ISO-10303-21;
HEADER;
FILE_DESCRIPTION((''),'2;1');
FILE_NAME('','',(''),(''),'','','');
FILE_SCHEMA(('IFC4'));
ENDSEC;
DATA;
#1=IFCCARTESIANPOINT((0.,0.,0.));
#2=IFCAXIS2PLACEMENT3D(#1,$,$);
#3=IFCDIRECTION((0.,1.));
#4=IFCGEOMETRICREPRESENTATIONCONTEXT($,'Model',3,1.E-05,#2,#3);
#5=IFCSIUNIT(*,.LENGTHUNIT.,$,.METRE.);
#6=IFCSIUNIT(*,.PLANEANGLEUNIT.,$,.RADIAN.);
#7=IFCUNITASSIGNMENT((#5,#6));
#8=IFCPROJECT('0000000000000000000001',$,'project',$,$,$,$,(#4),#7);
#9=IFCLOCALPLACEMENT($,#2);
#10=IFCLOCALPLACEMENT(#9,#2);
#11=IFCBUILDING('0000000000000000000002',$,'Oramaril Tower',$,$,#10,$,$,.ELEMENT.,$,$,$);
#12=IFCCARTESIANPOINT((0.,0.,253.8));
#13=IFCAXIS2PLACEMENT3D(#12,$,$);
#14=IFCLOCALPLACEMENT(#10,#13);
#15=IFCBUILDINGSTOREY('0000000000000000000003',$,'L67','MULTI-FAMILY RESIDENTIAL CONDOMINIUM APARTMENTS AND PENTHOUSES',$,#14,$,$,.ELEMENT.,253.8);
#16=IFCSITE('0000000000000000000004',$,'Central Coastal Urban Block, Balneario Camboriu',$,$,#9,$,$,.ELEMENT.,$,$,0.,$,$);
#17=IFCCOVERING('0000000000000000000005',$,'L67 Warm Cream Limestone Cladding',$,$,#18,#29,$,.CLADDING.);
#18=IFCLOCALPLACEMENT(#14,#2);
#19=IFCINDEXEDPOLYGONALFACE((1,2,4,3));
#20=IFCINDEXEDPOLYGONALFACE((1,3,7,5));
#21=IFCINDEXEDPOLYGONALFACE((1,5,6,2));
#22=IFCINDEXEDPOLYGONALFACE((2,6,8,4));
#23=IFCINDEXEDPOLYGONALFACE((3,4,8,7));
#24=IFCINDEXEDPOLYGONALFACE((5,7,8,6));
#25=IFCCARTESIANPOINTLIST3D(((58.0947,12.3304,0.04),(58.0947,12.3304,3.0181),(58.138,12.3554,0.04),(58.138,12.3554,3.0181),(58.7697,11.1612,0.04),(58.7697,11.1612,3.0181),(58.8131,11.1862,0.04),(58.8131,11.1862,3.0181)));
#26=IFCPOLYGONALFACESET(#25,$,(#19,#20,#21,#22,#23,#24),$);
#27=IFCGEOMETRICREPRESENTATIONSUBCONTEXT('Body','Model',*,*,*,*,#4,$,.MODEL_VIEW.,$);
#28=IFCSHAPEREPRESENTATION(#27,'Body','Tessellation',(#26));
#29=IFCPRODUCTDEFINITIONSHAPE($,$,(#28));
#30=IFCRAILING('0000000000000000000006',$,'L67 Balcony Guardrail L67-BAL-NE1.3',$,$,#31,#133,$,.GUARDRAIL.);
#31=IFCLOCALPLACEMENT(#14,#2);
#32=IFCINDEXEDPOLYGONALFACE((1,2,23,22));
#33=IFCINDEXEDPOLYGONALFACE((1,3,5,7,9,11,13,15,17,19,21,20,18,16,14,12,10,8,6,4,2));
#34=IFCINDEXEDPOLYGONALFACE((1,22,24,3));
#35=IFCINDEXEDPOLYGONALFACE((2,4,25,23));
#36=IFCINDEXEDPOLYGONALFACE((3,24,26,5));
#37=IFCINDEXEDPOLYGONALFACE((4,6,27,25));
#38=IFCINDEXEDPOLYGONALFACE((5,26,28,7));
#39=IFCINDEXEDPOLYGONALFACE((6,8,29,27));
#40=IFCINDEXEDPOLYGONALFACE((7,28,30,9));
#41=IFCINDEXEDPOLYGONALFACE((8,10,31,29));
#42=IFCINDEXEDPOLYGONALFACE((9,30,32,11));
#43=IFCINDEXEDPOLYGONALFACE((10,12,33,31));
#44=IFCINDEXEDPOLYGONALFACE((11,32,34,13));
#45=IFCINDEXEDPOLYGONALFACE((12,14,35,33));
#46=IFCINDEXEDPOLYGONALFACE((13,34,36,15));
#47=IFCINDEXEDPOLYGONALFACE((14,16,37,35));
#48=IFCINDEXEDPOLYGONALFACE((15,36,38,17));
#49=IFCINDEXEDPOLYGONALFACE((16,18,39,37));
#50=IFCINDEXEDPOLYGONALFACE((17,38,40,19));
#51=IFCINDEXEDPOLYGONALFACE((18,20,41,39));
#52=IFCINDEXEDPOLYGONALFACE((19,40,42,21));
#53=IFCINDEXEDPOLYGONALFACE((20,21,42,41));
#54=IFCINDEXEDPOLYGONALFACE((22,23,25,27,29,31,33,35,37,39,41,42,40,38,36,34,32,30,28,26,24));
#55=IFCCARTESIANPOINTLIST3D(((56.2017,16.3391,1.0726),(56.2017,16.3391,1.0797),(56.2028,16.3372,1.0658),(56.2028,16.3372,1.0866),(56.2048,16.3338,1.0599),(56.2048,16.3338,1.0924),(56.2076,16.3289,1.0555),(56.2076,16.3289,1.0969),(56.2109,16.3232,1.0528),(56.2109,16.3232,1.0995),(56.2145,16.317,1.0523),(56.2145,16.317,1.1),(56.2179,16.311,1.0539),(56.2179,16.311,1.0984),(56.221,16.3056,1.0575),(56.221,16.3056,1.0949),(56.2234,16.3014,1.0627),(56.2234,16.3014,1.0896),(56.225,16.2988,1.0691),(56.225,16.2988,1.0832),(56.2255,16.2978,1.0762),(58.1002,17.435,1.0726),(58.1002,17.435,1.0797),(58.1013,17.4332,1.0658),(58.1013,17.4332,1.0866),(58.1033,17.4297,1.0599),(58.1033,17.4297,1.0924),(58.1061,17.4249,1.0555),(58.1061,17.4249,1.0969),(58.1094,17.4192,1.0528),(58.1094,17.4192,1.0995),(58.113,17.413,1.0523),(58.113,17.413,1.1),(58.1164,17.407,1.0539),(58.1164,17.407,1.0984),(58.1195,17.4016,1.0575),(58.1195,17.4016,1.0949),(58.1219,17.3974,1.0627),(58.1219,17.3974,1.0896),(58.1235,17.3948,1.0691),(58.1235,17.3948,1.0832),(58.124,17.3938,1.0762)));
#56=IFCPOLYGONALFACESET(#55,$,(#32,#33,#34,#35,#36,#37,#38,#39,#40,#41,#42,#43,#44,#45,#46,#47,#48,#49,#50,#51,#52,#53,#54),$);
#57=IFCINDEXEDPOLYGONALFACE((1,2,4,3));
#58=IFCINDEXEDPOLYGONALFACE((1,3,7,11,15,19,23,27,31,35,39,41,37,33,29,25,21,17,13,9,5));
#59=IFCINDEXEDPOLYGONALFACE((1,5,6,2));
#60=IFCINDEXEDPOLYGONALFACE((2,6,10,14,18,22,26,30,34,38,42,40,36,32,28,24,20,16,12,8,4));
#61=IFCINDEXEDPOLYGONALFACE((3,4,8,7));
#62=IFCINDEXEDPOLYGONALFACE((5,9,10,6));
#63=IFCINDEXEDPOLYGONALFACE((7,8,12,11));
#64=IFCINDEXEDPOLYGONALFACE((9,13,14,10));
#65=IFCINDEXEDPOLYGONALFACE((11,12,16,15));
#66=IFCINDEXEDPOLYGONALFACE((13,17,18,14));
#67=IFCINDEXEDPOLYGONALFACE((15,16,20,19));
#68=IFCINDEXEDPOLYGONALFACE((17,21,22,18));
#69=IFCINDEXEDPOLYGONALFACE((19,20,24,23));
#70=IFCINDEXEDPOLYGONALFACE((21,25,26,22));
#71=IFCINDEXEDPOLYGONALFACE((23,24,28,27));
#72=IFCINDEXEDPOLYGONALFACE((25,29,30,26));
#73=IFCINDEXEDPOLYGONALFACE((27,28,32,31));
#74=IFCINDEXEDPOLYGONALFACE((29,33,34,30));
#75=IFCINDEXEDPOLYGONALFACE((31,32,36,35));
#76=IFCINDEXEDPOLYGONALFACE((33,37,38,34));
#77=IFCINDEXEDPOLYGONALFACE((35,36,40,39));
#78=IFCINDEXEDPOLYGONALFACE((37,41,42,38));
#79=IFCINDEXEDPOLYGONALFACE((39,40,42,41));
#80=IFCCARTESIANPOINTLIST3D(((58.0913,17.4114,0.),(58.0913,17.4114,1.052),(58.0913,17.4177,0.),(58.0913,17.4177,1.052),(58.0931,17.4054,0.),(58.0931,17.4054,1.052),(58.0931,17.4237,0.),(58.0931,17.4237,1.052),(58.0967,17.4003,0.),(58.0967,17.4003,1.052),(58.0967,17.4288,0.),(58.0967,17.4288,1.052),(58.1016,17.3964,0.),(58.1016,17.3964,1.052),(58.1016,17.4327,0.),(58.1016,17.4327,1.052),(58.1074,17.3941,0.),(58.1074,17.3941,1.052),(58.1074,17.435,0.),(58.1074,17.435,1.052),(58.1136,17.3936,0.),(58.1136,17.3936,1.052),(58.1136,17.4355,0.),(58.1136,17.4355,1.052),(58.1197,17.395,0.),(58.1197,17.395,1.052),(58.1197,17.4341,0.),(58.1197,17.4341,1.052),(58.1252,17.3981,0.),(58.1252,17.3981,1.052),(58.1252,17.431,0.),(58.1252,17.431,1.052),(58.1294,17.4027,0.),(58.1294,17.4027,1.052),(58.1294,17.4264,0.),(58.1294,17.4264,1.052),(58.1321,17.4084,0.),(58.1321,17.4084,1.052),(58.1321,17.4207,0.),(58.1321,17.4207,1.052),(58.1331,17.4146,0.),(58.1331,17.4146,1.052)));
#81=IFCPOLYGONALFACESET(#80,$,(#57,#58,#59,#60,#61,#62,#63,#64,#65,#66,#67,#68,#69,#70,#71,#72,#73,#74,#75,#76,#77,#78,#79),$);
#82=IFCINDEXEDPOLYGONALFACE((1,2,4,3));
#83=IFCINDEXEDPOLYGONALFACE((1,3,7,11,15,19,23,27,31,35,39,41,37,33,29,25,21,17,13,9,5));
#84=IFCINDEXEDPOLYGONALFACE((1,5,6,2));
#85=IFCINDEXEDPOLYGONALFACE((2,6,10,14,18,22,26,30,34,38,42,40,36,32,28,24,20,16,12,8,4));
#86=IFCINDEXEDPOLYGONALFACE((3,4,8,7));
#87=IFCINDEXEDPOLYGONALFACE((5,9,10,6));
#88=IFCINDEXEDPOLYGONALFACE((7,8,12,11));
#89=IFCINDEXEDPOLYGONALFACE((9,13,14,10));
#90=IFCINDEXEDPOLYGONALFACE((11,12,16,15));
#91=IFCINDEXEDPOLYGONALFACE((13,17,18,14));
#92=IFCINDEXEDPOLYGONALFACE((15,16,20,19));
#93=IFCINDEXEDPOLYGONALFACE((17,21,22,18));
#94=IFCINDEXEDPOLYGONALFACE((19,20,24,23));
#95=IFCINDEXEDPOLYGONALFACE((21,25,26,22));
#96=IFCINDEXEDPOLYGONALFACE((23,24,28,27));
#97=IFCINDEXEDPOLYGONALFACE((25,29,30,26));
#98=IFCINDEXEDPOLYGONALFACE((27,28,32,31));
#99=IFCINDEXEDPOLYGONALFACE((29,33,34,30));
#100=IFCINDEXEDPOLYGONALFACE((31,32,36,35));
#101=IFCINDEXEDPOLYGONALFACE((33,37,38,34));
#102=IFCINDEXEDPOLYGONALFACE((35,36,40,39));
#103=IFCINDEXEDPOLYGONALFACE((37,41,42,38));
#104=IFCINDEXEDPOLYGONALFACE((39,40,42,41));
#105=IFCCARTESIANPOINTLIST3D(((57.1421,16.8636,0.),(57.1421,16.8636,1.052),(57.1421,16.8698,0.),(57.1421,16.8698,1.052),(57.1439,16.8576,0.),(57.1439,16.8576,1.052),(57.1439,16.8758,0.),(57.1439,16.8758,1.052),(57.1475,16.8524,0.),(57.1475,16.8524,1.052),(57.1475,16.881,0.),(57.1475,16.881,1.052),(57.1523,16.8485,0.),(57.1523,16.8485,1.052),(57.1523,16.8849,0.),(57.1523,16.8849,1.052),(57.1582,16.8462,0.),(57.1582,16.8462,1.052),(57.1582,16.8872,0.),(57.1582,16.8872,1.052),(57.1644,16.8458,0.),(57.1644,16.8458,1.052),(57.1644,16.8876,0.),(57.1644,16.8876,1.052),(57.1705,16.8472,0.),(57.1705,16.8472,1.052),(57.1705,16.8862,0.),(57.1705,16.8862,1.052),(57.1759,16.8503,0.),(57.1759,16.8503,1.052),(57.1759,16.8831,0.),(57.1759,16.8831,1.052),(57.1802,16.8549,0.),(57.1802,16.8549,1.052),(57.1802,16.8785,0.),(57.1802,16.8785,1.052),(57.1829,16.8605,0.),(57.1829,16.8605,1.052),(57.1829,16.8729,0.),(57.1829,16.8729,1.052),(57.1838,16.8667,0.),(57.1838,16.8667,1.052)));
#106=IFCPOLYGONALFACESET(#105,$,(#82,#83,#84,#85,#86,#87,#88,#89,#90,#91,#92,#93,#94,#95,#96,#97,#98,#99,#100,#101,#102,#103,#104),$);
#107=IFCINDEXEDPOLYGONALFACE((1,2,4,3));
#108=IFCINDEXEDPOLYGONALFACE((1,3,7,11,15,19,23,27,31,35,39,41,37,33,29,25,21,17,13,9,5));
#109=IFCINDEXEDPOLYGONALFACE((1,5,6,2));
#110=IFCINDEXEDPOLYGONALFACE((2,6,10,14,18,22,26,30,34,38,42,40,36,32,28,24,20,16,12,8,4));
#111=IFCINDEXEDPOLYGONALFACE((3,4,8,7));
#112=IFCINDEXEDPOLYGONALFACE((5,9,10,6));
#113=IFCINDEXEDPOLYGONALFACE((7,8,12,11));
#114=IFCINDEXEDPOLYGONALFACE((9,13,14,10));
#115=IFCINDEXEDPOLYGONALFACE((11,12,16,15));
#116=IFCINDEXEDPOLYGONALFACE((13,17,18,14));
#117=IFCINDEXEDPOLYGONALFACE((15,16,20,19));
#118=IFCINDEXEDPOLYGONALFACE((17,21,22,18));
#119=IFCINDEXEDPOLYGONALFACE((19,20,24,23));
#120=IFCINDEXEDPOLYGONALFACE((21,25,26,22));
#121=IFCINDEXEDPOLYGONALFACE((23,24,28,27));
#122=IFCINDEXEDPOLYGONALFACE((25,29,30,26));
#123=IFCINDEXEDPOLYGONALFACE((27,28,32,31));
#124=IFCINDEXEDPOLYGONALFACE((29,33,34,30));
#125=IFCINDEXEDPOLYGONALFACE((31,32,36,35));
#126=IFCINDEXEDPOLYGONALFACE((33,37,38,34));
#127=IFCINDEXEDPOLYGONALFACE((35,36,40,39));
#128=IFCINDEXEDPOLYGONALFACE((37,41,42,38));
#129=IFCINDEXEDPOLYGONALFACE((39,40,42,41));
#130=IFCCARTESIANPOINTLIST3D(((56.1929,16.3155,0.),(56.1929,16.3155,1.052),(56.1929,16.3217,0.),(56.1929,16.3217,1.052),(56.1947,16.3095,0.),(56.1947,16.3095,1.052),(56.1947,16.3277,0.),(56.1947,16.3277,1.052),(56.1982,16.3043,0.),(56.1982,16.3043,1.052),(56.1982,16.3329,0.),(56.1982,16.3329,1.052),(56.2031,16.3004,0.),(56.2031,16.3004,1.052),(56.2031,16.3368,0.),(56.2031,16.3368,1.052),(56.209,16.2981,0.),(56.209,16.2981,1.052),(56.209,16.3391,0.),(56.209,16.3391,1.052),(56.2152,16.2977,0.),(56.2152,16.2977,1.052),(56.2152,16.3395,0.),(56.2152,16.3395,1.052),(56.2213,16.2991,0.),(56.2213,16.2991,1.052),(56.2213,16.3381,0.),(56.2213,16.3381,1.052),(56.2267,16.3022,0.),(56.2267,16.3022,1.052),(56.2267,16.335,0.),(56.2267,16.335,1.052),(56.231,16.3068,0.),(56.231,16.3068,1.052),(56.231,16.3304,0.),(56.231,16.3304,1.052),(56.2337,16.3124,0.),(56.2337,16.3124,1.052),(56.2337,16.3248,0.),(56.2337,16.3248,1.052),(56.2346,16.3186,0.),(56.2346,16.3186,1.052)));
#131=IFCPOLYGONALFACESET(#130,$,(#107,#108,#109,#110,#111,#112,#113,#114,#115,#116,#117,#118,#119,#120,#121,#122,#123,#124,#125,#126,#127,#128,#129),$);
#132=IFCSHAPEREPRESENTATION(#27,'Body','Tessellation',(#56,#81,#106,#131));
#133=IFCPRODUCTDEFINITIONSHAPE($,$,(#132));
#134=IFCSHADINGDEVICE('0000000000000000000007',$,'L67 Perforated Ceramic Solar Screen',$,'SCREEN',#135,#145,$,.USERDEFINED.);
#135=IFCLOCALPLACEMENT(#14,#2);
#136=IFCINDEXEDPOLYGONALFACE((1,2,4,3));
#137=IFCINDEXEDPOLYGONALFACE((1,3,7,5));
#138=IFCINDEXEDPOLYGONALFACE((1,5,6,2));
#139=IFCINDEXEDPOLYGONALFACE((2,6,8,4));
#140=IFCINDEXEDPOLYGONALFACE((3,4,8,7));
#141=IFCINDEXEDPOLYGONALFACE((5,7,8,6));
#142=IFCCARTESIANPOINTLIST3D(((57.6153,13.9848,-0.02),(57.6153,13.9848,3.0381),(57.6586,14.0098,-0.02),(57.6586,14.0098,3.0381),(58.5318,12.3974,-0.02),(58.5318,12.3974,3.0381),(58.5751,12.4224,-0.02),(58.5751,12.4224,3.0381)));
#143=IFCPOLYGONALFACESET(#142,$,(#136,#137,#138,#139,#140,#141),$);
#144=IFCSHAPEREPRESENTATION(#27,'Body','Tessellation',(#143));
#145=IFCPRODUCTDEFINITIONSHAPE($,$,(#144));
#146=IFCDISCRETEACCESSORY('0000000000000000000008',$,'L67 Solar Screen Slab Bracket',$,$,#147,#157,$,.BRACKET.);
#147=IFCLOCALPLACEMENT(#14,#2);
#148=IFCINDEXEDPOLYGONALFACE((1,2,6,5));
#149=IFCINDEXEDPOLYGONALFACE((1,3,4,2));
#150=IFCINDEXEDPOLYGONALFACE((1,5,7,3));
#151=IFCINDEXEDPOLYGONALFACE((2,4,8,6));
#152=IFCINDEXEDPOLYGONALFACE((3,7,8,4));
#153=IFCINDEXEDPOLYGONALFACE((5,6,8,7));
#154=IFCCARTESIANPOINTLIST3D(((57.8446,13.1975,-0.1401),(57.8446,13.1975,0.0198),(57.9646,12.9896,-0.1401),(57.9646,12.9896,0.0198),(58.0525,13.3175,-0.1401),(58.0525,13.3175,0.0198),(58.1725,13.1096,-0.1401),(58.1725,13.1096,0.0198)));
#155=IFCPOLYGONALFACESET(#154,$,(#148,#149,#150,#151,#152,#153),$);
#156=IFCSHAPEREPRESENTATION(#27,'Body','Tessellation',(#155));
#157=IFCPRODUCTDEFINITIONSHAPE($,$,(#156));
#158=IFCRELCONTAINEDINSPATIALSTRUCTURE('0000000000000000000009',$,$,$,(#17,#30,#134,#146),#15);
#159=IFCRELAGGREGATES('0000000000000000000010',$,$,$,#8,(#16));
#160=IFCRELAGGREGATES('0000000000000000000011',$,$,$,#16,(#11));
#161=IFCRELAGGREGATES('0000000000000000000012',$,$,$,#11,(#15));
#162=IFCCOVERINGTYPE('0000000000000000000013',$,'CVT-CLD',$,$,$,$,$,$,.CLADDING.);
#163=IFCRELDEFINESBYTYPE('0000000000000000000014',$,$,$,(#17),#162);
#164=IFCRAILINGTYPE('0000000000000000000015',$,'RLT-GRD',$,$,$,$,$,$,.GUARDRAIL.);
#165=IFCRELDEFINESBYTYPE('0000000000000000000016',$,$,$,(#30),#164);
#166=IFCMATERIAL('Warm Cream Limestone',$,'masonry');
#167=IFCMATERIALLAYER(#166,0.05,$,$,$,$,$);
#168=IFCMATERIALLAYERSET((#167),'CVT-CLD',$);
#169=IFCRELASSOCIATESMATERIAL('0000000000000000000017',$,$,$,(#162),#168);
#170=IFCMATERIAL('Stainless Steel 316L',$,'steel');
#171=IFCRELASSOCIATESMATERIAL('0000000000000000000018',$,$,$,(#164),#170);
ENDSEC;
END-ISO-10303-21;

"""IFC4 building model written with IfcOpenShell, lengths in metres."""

from ifc_helpers import new_model, si_unit, direction, frame, origin, origin_2d, place, context, subcontext, project, spatial, rectangle, circle, extrude, material, layer, layer_set, type_object, element, save


model = new_model("IFC4")

# Units and contexts
model_context = context("Model", 3, precision=1e-05, world=origin(), true_north=direction((0.0, 1.0)))
body_context = subcontext(model_context, "Body", "Model", "MODEL_VIEW")
ifc_project = project(units=[si_unit("LENGTHUNIT", "METRE"), si_unit("PLANEANGLEUNIT", "RADIAN")], contexts=[model_context])

# Site, building, storey
site_placement = place(None, origin())
site = spatial("IfcSite", under=ifc_project, at=site_placement, Name="Central Coastal Urban Block, Balneario Camboriu", CompositionType="ELEMENT", RefElevation=0.0)
building_placement = place(site_placement, origin())
building = spatial("IfcBuilding", under=site, at=building_placement, Name="Oramaril Tower", CompositionType="ELEMENT")
storey_placement = place(building_placement, frame((0.0, 0.0, 253.8)))
storey = spatial("IfcBuildingStorey", under=building, at=storey_placement, Name="L67", Description="MULTI-FAMILY RESIDENTIAL CONDOMINIUM APARTMENTS AND PENTHOUSES", CompositionType="ELEMENT", Elevation=253.8)

# Covering
ifc_material_1 = material(Name="Warm Cream Limestone", Category="masonry")
ifc_layer_1 = layer(ifc_material_1, 0.05)
ifc_layer_set_1 = layer_set([ifc_layer_1], Name="CVT-CLD")
covering_type = type_object("IfcCoveringType", Name="CVT-CLD", PredefinedType="CLADDING", material=ifc_layer_set_1)
covering_placement = place(storey_placement, frame((58.4539, 11.7583, 0.04), z_axis=(0.0, 0.0, 1.0), x_axis=(-0.500002, 0.866025, 0.0)))
element("IfcCovering", 1, at=covering_placement, inside=storey, type_object=covering_type, Name="L67 Warm Cream Limestone Cladding", PredefinedType="CLADDING", context=body_context, shape_type="SweptSolid", body=[
    extrude(rectangle(XDim=1.3501, YDim=0.05, at=origin_2d()), origin(), (0.0, 0.0, 1.0), 2.978),
])

# Railing
ifc_material_2 = material(Name="Stainless Steel 316L", Category="steel")
railing_type = type_object("IfcRailingType", Name="RLT-GRD", PredefinedType="GUARDRAIL", material=ifc_material_2)
railing_placement = place(storey_placement, frame((58.1121, 17.4146, 0.0)))
element("IfcRailing", 2, at=railing_placement, inside=storey, type_object=railing_type, Name="L67 Balcony Guardrail L67-BAL-NE1.3", PredefinedType="GUARDRAIL", context=body_context, shape_type="SweptSolid", body=[
    extrude(circle(Radius=0.0239, at=origin_2d()), frame((0.0, 0.0, 1.0762), z_axis=(-0.866048, -0.49996, 0.0), x_axis=(0.49996, -0.866048, 0.0)), (0.0, 0.0, 1.0), 2.1921),
    extrude(circle(Radius=0.021, at=origin_2d()), origin(), (0.0, 0.0, 1.0), 1.052),
    extrude(circle(Radius=0.021, at=origin_2d()), frame((-0.9492, -0.5479, 0.0)), (0.0, 0.0, 1.0), 1.052),
    extrude(circle(Radius=0.021, at=origin_2d()), frame((-1.8984, -1.0959, 0.0)), (0.0, 0.0, 1.0), 1.052),
])

# Shading device
shading_device_placement = place(storey_placement, frame((58.0952, 13.2036, -0.02), z_axis=(0.0, 0.0, 1.0), x_axis=(-0.500002, 0.866025, 0.0)))
element("IfcShadingDevice", 3, at=shading_device_placement, inside=storey, Name="L67 Perforated Ceramic Solar Screen", ObjectType="SCREEN", PredefinedType="USERDEFINED", context=body_context, shape_type="SweptSolid", body=[
    extrude(rectangle(XDim=1.833, YDim=0.05, at=origin_2d()), origin(), (0.0, 0.0, 1.0), 3.0581),
])

# Discrete accessory
discrete_accessory_placement = place(storey_placement, frame((58.0085, 13.1536, -0.1401), z_axis=(0.0, 0.0, 1.0), x_axis=(-0.500002, 0.866025, 0.0)))
element("IfcDiscreteAccessory", 4, at=discrete_accessory_placement, inside=storey, Name="L67 Solar Screen Slab Bracket", PredefinedType="BRACKET", context=body_context, shape_type="SweptSolid", body=[
    extrude(rectangle(XDim=0.24, YDim=0.24, at=origin_2d()), origin(), (0.0, 0.0, 1.0), 0.1599),
])

save(model, "model.ifc")
